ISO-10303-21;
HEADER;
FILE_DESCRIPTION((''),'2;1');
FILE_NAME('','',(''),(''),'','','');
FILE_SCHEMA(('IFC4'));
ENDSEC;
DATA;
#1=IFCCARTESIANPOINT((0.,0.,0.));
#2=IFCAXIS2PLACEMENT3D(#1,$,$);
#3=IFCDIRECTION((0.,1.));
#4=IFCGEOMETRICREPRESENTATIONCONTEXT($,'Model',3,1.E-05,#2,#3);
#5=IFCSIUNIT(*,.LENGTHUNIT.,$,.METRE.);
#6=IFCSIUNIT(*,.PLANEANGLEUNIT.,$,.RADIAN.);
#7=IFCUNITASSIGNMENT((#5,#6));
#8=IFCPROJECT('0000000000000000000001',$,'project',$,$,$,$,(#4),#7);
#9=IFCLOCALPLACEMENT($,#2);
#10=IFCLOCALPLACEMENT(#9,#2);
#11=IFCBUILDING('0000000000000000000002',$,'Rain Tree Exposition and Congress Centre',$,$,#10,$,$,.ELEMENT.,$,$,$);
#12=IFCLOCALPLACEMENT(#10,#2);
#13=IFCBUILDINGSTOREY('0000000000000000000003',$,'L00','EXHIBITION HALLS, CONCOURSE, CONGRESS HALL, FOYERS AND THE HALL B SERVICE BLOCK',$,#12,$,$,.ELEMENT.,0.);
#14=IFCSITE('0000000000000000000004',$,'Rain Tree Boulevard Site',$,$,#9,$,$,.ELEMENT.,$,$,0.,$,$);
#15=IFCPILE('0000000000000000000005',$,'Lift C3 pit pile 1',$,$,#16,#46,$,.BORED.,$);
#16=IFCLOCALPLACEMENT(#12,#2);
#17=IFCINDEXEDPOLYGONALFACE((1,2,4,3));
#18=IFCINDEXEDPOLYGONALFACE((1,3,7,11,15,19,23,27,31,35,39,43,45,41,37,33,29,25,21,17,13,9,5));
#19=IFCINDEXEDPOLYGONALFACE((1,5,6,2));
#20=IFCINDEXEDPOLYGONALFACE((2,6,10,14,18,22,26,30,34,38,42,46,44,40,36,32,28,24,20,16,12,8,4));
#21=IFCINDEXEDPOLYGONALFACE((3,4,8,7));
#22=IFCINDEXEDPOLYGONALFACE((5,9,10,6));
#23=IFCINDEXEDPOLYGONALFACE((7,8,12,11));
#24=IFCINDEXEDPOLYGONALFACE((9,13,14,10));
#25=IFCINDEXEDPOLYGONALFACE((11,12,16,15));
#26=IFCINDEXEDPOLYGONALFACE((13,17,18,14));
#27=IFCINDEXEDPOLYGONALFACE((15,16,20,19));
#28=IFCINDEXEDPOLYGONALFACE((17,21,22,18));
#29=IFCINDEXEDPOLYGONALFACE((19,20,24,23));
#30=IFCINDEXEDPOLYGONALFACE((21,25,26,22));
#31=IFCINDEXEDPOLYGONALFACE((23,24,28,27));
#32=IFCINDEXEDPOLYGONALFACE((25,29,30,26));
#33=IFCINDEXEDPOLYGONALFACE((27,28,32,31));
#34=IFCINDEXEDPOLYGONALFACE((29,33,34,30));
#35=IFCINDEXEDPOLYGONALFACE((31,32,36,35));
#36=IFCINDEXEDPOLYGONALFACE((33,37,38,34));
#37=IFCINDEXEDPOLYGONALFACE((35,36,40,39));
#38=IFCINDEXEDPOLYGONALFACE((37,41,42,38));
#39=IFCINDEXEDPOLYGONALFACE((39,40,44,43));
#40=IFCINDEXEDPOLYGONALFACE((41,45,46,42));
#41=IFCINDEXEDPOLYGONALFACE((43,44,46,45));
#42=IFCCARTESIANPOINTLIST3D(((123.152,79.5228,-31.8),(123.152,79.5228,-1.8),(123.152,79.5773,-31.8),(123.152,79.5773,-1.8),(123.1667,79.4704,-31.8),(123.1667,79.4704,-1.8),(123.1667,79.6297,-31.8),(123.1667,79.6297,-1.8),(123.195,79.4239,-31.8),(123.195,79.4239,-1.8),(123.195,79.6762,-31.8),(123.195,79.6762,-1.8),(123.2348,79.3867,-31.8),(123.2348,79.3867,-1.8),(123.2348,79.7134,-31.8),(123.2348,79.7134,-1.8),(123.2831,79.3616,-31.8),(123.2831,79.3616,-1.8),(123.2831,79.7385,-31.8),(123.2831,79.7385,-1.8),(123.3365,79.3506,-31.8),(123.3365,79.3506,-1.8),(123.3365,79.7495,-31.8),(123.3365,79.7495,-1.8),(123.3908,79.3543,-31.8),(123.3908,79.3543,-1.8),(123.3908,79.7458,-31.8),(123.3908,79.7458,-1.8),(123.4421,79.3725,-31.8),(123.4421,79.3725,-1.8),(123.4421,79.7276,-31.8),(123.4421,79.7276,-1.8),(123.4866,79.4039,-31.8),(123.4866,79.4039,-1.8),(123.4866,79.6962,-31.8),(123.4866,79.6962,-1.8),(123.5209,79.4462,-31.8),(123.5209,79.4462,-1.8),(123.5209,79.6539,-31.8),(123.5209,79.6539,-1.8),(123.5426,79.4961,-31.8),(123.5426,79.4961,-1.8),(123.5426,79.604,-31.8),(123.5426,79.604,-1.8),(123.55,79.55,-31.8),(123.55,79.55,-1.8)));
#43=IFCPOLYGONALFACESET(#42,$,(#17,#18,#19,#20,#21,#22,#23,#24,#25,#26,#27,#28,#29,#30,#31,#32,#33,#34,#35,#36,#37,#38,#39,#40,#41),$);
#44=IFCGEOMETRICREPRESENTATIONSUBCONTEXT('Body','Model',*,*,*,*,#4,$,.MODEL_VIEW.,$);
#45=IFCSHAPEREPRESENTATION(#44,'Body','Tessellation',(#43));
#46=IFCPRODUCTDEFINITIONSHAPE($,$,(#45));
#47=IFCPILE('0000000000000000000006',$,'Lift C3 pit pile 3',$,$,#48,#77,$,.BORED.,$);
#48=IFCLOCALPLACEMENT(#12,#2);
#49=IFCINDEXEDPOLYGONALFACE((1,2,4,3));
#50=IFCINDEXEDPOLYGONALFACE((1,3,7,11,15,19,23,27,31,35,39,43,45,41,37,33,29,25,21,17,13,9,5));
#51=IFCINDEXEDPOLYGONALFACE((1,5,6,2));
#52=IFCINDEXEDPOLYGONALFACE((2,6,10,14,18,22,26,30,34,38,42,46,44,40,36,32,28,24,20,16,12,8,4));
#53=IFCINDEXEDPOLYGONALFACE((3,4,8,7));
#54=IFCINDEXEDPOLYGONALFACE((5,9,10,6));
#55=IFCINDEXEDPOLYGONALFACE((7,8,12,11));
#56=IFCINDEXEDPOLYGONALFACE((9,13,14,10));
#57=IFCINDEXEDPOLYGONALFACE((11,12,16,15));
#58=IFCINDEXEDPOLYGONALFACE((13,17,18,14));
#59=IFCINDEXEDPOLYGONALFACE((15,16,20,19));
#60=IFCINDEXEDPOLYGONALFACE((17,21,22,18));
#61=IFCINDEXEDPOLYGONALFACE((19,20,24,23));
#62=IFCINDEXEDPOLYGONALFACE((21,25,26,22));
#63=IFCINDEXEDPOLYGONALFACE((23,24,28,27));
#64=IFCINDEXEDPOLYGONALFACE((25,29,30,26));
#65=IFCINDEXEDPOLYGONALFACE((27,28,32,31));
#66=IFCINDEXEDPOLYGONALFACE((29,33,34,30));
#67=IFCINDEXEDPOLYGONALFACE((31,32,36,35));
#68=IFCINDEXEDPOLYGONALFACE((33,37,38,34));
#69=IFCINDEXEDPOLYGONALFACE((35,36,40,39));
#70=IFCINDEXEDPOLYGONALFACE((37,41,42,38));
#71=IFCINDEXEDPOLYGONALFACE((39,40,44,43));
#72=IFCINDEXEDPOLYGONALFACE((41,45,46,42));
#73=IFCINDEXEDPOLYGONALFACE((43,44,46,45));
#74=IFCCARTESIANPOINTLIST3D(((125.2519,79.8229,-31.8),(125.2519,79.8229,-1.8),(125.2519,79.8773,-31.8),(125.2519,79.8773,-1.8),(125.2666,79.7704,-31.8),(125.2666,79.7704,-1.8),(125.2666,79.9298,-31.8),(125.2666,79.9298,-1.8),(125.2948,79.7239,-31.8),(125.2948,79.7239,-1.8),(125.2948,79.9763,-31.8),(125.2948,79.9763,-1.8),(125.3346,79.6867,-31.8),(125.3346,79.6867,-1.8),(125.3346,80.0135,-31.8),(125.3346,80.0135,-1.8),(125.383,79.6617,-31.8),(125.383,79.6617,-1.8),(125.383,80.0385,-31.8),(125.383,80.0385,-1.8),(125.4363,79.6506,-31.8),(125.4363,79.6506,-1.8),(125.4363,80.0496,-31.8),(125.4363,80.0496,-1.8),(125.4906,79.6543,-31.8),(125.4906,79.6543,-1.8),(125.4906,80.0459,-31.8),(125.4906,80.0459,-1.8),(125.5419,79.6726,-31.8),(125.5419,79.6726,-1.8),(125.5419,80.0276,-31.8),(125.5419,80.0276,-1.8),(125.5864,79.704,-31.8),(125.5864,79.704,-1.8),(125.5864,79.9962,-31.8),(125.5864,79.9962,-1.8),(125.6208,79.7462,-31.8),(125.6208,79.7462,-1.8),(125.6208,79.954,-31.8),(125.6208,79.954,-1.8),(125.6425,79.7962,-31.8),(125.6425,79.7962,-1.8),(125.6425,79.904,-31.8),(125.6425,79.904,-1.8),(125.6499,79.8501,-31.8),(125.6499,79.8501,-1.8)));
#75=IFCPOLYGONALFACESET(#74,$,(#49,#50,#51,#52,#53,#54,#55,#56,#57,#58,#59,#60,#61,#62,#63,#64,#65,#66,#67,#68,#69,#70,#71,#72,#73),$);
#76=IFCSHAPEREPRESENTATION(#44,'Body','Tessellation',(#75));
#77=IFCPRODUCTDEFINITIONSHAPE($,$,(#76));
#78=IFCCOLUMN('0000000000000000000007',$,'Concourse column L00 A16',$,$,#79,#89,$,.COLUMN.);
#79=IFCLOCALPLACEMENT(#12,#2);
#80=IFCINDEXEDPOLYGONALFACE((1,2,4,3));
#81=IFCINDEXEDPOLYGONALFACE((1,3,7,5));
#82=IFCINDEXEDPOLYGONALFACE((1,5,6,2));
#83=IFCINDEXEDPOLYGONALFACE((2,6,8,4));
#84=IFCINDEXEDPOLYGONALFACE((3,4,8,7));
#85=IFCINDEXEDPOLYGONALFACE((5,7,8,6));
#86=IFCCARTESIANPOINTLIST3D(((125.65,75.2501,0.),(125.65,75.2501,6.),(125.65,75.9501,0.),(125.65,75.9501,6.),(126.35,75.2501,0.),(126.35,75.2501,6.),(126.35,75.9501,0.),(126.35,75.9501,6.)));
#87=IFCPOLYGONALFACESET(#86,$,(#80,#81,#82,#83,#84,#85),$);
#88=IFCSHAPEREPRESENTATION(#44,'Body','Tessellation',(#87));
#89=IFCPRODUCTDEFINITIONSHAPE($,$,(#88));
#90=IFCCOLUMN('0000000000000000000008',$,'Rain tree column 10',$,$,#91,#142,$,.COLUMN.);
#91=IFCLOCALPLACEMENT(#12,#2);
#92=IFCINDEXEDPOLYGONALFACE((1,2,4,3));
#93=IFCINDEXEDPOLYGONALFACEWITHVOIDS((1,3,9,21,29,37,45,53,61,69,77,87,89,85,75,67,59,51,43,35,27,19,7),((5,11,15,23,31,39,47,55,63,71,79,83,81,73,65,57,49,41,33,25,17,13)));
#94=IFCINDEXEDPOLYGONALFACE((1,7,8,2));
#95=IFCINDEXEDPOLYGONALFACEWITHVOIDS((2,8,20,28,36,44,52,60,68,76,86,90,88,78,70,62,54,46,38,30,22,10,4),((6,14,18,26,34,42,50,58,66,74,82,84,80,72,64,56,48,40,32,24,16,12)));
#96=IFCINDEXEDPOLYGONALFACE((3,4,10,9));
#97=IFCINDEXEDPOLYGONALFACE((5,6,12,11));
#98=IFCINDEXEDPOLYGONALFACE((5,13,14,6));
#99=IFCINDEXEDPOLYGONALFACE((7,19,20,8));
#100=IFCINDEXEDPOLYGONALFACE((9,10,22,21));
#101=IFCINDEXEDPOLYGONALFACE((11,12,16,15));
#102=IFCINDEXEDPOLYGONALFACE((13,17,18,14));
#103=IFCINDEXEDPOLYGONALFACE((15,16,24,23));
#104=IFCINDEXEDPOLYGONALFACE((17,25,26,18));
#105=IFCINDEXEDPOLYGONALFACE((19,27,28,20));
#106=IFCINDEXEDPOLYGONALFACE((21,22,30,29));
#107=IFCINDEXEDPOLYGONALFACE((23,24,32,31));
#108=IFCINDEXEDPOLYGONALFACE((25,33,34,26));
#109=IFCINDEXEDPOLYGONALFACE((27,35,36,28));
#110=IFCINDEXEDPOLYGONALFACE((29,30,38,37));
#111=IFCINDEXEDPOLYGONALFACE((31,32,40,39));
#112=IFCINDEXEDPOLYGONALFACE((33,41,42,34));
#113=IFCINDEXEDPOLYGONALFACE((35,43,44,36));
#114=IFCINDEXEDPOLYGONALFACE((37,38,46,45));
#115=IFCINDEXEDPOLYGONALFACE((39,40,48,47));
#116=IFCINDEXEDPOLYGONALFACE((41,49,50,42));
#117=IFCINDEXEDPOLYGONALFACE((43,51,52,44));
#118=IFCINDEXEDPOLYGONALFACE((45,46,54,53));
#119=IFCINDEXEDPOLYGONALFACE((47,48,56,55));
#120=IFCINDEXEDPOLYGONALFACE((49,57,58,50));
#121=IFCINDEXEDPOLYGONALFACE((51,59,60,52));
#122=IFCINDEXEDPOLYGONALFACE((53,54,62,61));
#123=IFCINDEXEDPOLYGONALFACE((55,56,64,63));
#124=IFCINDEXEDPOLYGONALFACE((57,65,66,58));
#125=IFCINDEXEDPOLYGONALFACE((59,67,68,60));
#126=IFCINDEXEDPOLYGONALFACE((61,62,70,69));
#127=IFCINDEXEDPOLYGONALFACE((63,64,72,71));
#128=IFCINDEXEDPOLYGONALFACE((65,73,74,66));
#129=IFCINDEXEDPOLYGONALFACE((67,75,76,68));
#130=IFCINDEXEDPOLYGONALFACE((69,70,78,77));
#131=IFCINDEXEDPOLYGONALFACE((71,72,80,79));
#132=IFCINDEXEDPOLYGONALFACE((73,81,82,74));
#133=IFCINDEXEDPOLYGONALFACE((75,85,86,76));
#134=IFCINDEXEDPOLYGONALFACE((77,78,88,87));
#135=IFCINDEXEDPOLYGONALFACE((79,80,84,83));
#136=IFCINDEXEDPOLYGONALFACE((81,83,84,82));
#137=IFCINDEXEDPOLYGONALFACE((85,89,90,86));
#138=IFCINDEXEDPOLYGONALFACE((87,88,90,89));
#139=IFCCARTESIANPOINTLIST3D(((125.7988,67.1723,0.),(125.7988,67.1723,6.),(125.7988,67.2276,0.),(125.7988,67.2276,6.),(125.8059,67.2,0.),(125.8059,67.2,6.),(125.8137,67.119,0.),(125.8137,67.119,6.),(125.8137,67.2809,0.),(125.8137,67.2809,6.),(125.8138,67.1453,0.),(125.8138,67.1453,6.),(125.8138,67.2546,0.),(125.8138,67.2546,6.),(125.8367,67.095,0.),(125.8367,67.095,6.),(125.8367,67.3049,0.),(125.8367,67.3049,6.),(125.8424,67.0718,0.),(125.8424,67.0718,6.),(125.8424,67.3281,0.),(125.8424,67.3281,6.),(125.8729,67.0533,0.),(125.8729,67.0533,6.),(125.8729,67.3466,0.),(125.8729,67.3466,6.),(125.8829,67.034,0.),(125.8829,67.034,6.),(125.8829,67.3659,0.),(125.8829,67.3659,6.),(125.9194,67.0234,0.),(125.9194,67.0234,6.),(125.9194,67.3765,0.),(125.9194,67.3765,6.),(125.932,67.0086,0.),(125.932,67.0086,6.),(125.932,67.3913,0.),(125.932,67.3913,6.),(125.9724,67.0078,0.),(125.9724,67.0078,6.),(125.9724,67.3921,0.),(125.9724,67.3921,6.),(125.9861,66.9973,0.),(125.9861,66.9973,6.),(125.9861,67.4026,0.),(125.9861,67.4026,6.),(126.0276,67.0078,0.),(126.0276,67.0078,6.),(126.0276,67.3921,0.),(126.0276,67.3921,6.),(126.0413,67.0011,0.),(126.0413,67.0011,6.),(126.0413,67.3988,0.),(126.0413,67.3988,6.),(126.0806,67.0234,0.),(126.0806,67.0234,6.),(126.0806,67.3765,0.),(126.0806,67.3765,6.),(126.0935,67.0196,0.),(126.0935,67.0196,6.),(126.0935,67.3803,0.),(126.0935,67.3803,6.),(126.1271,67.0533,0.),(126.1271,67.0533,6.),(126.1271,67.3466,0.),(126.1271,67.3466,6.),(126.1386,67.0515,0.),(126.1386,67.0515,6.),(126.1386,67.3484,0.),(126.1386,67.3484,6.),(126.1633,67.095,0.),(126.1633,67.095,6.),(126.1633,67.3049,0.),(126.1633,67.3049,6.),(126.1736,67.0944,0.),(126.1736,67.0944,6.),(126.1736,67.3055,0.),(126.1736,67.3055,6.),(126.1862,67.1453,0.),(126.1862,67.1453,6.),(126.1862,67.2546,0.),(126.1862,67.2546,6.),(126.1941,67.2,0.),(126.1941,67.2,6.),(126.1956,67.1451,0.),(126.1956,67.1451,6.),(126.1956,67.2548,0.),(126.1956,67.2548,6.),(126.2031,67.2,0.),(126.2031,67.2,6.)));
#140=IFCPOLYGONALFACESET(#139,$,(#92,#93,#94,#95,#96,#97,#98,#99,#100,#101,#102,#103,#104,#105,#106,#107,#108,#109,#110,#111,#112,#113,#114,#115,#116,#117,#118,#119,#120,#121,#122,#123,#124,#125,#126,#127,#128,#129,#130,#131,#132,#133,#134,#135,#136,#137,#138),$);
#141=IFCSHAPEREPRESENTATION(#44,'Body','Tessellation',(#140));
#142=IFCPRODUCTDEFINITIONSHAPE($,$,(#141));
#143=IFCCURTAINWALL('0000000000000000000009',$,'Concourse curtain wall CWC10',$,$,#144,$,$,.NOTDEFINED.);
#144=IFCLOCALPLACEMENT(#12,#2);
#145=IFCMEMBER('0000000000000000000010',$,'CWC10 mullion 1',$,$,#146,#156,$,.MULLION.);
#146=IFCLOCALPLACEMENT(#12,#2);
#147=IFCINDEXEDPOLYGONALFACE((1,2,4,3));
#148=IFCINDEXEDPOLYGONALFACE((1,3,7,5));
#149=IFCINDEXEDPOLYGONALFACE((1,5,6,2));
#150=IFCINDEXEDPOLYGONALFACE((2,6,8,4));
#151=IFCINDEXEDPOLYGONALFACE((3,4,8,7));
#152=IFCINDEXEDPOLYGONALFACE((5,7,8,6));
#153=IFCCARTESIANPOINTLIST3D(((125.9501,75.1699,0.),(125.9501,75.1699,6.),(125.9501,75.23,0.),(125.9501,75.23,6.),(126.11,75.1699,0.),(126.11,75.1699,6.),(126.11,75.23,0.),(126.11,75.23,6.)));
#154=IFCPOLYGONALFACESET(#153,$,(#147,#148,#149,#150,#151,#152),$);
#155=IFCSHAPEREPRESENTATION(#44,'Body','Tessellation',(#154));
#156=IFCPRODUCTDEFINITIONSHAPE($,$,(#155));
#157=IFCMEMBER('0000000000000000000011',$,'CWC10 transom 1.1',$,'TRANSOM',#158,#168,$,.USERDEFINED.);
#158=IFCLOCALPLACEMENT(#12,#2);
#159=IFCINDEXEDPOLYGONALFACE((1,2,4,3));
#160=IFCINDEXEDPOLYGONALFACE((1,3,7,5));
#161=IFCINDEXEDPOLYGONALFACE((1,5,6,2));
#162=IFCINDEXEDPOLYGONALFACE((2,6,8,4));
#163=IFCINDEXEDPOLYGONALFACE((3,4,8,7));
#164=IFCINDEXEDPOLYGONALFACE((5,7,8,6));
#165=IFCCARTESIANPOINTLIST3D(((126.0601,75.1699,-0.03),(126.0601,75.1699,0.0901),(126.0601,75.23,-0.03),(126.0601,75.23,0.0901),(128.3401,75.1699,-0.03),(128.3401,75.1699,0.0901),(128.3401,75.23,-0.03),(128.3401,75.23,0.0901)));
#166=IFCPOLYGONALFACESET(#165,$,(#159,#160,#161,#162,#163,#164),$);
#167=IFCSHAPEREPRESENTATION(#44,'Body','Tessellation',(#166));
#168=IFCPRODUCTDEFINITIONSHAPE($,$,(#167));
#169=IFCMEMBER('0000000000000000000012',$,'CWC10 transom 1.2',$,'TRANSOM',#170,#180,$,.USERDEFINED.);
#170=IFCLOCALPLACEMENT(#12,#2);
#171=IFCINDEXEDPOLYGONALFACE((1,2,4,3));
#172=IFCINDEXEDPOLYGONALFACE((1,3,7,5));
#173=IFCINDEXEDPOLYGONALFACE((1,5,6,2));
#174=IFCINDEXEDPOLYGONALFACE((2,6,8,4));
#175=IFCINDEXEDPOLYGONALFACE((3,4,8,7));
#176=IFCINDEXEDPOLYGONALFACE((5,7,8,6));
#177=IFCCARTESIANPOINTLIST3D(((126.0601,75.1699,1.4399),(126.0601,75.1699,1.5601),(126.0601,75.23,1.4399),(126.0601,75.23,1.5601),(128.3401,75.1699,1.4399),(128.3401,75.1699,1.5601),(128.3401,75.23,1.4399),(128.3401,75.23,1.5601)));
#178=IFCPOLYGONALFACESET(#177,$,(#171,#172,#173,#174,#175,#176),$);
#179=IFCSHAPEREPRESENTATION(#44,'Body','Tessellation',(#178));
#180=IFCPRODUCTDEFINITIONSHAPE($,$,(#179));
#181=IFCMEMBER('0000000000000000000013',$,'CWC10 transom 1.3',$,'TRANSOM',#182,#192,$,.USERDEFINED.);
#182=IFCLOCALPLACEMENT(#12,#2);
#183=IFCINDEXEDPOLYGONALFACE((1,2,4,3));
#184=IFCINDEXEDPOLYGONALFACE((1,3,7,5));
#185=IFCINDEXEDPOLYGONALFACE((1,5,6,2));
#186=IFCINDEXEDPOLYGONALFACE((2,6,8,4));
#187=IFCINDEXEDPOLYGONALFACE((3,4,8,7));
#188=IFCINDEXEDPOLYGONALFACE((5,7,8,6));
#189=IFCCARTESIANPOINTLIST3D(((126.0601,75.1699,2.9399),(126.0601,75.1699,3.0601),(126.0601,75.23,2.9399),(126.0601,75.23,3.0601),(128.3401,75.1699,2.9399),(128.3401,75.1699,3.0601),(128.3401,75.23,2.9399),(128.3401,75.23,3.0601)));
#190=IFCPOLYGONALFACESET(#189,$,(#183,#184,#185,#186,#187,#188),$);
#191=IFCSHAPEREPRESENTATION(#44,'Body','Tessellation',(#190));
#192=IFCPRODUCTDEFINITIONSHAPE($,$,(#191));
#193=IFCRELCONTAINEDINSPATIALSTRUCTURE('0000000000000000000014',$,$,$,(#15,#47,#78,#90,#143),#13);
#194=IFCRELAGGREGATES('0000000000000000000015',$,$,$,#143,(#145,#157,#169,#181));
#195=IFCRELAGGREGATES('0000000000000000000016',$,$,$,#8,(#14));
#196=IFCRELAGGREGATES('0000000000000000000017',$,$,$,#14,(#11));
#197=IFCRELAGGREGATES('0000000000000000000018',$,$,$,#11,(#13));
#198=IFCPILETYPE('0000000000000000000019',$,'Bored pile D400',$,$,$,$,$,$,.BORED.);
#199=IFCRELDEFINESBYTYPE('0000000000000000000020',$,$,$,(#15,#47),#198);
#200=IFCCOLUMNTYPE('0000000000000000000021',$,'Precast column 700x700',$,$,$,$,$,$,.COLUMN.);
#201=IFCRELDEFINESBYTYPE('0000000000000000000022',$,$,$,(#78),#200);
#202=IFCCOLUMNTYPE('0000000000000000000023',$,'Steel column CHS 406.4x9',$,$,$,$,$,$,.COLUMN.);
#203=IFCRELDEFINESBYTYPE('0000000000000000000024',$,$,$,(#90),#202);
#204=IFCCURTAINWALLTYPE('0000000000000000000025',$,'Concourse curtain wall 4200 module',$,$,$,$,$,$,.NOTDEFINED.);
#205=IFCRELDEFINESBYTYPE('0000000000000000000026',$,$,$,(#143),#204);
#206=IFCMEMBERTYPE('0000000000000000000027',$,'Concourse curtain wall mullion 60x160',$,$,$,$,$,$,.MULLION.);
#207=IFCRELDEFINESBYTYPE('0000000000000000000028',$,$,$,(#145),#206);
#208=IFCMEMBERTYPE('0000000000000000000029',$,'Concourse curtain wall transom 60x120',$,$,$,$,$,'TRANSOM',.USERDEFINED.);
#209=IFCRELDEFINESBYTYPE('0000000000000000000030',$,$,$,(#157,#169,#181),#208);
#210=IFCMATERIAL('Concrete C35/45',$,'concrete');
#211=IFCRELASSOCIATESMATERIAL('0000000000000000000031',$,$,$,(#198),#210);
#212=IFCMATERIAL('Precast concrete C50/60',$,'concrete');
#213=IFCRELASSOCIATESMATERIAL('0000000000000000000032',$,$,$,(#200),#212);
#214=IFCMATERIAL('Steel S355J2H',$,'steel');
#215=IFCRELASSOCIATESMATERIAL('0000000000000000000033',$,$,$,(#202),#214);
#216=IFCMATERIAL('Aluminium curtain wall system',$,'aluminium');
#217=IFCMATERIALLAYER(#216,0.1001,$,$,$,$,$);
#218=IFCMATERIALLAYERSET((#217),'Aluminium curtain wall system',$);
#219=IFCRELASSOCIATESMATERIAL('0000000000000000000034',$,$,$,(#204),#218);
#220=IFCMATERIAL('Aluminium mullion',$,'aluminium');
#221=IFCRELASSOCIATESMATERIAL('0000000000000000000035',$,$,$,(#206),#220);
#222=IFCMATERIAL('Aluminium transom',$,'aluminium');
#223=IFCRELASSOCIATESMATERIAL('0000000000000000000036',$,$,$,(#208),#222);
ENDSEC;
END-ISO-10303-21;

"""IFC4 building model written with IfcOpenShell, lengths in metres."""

from ifc_helpers import new_model, si_unit, direction, frame, origin, origin_2d, place, context, subcontext, project, spatial, rectangle, circle, hollow_circle, extrude, material, layer, layer_set, material_profile, profile_set, type_object, element, aggregate, save


model = new_model("IFC4")

# Units and contexts
model_context = context("Model", 3, precision=1e-05, world=origin(), true_north=direction((0.0, 1.0)))
body_context = subcontext(model_context, "Body", "Model", "MODEL_VIEW")
ifc_project = project(units=[si_unit("LENGTHUNIT", "METRE"), si_unit("PLANEANGLEUNIT", "RADIAN")], contexts=[model_context])

# Site, building, storey
site_placement = place(None, origin())
site = spatial("IfcSite", under=ifc_project, at=site_placement, Name="Rain Tree Boulevard Site", CompositionType="ELEMENT", RefElevation=0.0)
building_placement = place(site_placement, origin())
building = spatial("IfcBuilding", under=site, at=building_placement, Name="Rain Tree Exposition and Congress Centre", CompositionType="ELEMENT")
storey_placement = place(building_placement, origin())
storey = spatial("IfcBuildingStorey", under=building, at=storey_placement, Name="L00", Description="EXHIBITION HALLS, CONCOURSE, CONGRESS HALL, FOYERS AND THE HALL B SERVICE BLOCK", CompositionType="ELEMENT", Elevation=0.0)

# Piles
ifc_material_1 = material(Name="Concrete C35/45", Category="concrete")
ifc_material_profile_1 = material_profile(ifc_material_1, circle(Radius=0.2, at=origin_2d()), Name="D400")
ifc_profile_set_1 = profile_set([ifc_material_profile_1], Name="Concrete C35/45")
pile_type = type_object("IfcPileType", Name="Bored pile D400", PredefinedType="BORED", material=ifc_profile_set_1)
for number, where, z_axis, x_axis, name in (
    (1, (123.3501, 79.55, -1.8), (0.0, 0.0, -1.0), (1.0, 0.0, 0.0), "Lift C3 pit pile 1"),
    (2, (125.45, 79.8501, -1.8), (0.0, 0.0, -1.0), (1.0, 0.0, 0.0), "Lift C3 pit pile 3"),
):
    element("IfcPile", number, at=place(storey_placement, frame(where, z_axis=z_axis, x_axis=x_axis)), inside=storey, type_object=pile_type, Name=name, PredefinedType="BORED", context=body_context, shape_type="SweptSolid", body=[
        extrude(circle(Radius=0.2, at=origin_2d()), origin(), (0.0, 0.0, 1.0), 30.0),
    ])

# Columns
ifc_material_2 = material(Name="Precast concrete C50/60", Category="concrete")
ifc_material_profile_2 = material_profile(ifc_material_2, rectangle(XDim=0.7, YDim=0.7, at=origin_2d()), Name="RC 700x700")
ifc_profile_set_2 = profile_set([ifc_material_profile_2], Name="Precast concrete C50/60")
column_type_1 = type_object("IfcColumnType", Name="Precast column 700x700", PredefinedType="COLUMN", material=ifc_profile_set_2)
column_1_placement = place(storey_placement, frame((126.0, 75.6001, 0.0), z_axis=(0.0, 0.0, 1.0), x_axis=(1.0, 0.0, 0.0)))
element("IfcColumn", 3, at=column_1_placement, inside=storey, type_object=column_type_1, Name="Concourse column L00 A16", PredefinedType="COLUMN", context=body_context, shape_type="SweptSolid", body=[
    extrude(rectangle(XDim=0.7, YDim=0.7, at=origin_2d()), origin(), (0.0, 0.0, 1.0), 6.0),
])
ifc_material_3 = material(Name="Steel S355J2H", Category="steel")
ifc_material_profile_3 = material_profile(ifc_material_3, hollow_circle(Radius=0.2031, WallThickness=0.009, at=origin_2d()), Name="CHS 406.4x9")
ifc_profile_set_3 = profile_set([ifc_material_profile_3], Name="Steel S355J2H")
column_type_2 = type_object("IfcColumnType", Name="Steel column CHS 406.4x9", PredefinedType="COLUMN", material=ifc_profile_set_3)
column_2_placement = place(storey_placement, frame((126.0, 67.2, 0.0), z_axis=(0.0, 0.0, 1.0), x_axis=(1.0, 0.0, 0.0)))
element("IfcColumn", 4, at=column_2_placement, inside=storey, type_object=column_type_2, Name="Rain tree column 10", PredefinedType="COLUMN", context=body_context, shape_type="SweptSolid", body=[
    extrude(hollow_circle(Radius=0.2031, WallThickness=0.009, at=origin_2d()), origin(), (0.0, 0.0, 1.0), 6.0),
])

# Curtain wall, members
ifc_material_4 = material(Name="Aluminium curtain wall system", Category="aluminium")
ifc_layer_1 = layer(ifc_material_4, 0.1001)
ifc_layer_set_1 = layer_set([ifc_layer_1], Name="Aluminium curtain wall system")
curtain_wall_type = type_object("IfcCurtainWallType", Name="Concourse curtain wall 4200 module", PredefinedType="NOTDEFINED", material=ifc_layer_set_1)
curtain_wall_placement = place(storey_placement, origin())
curtain_wall = element("IfcCurtainWall", 5, at=curtain_wall_placement, inside=storey, type_object=curtain_wall_type, Name="Concourse curtain wall CWC10", PredefinedType="NOTDEFINED")
ifc_material_5 = material(Name="Aluminium mullion", Category="aluminium")
ifc_material_profile_4 = material_profile(ifc_material_5, rectangle(XDim=0.0601, YDim=0.1599, at=origin_2d()), Name="AL 60x160")
ifc_profile_set_4 = profile_set([ifc_material_profile_4], Name="Aluminium mullion")
member_type_1 = type_object("IfcMemberType", Name="Concourse curtain wall mullion 60x160", PredefinedType="MULLION", material=ifc_profile_set_4)
member_1_placement = place(storey_placement, frame((126.03, 75.2, 0.0), z_axis=(0.0, 0.0, 1.0), x_axis=(0.0, 1.0, 0.0)))
member_1 = element("IfcMember", 6, at=member_1_placement, type_object=member_type_1, Name="CWC10 mullion 1", PredefinedType="MULLION", context=body_context, shape_type="SweptSolid", body=[
    extrude(rectangle(XDim=0.0601, YDim=0.1599, at=origin_2d()), origin(), (0.0, 0.0, 1.0), 6.0),
])
ifc_material_6 = material(Name="Aluminium transom", Category="aluminium")
ifc_material_profile_5 = material_profile(ifc_material_6, rectangle(XDim=0.0601, YDim=0.1201, at=origin_2d()), Name="AL 60x120")
ifc_profile_set_5 = profile_set([ifc_material_profile_5], Name="Aluminium transom")
member_type_2 = type_object("IfcMemberType", Name="Concourse curtain wall transom 60x120", ElementType="TRANSOM", PredefinedType="USERDEFINED", material=ifc_profile_set_5)
member_2_placement = place(storey_placement, frame((126.0601, 75.2, 0.03), z_axis=(1.0, 0.0, 0.0), x_axis=(0.0, 1.0, 0.0)))
member_2 = element("IfcMember", 7, at=member_2_placement, type_object=member_type_2, Name="CWC10 transom 1.1", ObjectType="TRANSOM", PredefinedType="USERDEFINED", context=body_context, shape_type="SweptSolid", body=[
    extrude(rectangle(XDim=0.0601, YDim=0.1201, at=origin_2d()), origin(), (0.0, 0.0, 1.0), 2.28),
])
member_3_placement = place(storey_placement, frame((126.0601, 75.2, 1.5), z_axis=(1.0, 0.0, 0.0), x_axis=(0.0, 1.0, 0.0)))
member_3 = element("IfcMember", 8, at=member_3_placement, type_object=member_type_2, Name="CWC10 transom 1.2", ObjectType="TRANSOM", PredefinedType="USERDEFINED", context=body_context, shape_type="SweptSolid", body=[
    extrude(rectangle(XDim=0.0601, YDim=0.1201, at=origin_2d()), origin(), (0.0, 0.0, 1.0), 2.28),
])
member_4_placement = place(storey_placement, frame((126.0601, 75.2, 3.0), z_axis=(1.0, 0.0, 0.0), x_axis=(0.0, 1.0, 0.0)))
member_4 = element("IfcMember", 9, at=member_4_placement, type_object=member_type_2, Name="CWC10 transom 1.3", ObjectType="TRANSOM", PredefinedType="USERDEFINED", context=body_context, shape_type="SweptSolid", body=[
    extrude(rectangle(XDim=0.0601, YDim=0.1201, at=origin_2d()), origin(), (0.0, 0.0, 1.0), 2.28),
])
aggregate(curtain_wall, [member_1, member_2, member_3, member_4])

save(model, "model.ifc")
